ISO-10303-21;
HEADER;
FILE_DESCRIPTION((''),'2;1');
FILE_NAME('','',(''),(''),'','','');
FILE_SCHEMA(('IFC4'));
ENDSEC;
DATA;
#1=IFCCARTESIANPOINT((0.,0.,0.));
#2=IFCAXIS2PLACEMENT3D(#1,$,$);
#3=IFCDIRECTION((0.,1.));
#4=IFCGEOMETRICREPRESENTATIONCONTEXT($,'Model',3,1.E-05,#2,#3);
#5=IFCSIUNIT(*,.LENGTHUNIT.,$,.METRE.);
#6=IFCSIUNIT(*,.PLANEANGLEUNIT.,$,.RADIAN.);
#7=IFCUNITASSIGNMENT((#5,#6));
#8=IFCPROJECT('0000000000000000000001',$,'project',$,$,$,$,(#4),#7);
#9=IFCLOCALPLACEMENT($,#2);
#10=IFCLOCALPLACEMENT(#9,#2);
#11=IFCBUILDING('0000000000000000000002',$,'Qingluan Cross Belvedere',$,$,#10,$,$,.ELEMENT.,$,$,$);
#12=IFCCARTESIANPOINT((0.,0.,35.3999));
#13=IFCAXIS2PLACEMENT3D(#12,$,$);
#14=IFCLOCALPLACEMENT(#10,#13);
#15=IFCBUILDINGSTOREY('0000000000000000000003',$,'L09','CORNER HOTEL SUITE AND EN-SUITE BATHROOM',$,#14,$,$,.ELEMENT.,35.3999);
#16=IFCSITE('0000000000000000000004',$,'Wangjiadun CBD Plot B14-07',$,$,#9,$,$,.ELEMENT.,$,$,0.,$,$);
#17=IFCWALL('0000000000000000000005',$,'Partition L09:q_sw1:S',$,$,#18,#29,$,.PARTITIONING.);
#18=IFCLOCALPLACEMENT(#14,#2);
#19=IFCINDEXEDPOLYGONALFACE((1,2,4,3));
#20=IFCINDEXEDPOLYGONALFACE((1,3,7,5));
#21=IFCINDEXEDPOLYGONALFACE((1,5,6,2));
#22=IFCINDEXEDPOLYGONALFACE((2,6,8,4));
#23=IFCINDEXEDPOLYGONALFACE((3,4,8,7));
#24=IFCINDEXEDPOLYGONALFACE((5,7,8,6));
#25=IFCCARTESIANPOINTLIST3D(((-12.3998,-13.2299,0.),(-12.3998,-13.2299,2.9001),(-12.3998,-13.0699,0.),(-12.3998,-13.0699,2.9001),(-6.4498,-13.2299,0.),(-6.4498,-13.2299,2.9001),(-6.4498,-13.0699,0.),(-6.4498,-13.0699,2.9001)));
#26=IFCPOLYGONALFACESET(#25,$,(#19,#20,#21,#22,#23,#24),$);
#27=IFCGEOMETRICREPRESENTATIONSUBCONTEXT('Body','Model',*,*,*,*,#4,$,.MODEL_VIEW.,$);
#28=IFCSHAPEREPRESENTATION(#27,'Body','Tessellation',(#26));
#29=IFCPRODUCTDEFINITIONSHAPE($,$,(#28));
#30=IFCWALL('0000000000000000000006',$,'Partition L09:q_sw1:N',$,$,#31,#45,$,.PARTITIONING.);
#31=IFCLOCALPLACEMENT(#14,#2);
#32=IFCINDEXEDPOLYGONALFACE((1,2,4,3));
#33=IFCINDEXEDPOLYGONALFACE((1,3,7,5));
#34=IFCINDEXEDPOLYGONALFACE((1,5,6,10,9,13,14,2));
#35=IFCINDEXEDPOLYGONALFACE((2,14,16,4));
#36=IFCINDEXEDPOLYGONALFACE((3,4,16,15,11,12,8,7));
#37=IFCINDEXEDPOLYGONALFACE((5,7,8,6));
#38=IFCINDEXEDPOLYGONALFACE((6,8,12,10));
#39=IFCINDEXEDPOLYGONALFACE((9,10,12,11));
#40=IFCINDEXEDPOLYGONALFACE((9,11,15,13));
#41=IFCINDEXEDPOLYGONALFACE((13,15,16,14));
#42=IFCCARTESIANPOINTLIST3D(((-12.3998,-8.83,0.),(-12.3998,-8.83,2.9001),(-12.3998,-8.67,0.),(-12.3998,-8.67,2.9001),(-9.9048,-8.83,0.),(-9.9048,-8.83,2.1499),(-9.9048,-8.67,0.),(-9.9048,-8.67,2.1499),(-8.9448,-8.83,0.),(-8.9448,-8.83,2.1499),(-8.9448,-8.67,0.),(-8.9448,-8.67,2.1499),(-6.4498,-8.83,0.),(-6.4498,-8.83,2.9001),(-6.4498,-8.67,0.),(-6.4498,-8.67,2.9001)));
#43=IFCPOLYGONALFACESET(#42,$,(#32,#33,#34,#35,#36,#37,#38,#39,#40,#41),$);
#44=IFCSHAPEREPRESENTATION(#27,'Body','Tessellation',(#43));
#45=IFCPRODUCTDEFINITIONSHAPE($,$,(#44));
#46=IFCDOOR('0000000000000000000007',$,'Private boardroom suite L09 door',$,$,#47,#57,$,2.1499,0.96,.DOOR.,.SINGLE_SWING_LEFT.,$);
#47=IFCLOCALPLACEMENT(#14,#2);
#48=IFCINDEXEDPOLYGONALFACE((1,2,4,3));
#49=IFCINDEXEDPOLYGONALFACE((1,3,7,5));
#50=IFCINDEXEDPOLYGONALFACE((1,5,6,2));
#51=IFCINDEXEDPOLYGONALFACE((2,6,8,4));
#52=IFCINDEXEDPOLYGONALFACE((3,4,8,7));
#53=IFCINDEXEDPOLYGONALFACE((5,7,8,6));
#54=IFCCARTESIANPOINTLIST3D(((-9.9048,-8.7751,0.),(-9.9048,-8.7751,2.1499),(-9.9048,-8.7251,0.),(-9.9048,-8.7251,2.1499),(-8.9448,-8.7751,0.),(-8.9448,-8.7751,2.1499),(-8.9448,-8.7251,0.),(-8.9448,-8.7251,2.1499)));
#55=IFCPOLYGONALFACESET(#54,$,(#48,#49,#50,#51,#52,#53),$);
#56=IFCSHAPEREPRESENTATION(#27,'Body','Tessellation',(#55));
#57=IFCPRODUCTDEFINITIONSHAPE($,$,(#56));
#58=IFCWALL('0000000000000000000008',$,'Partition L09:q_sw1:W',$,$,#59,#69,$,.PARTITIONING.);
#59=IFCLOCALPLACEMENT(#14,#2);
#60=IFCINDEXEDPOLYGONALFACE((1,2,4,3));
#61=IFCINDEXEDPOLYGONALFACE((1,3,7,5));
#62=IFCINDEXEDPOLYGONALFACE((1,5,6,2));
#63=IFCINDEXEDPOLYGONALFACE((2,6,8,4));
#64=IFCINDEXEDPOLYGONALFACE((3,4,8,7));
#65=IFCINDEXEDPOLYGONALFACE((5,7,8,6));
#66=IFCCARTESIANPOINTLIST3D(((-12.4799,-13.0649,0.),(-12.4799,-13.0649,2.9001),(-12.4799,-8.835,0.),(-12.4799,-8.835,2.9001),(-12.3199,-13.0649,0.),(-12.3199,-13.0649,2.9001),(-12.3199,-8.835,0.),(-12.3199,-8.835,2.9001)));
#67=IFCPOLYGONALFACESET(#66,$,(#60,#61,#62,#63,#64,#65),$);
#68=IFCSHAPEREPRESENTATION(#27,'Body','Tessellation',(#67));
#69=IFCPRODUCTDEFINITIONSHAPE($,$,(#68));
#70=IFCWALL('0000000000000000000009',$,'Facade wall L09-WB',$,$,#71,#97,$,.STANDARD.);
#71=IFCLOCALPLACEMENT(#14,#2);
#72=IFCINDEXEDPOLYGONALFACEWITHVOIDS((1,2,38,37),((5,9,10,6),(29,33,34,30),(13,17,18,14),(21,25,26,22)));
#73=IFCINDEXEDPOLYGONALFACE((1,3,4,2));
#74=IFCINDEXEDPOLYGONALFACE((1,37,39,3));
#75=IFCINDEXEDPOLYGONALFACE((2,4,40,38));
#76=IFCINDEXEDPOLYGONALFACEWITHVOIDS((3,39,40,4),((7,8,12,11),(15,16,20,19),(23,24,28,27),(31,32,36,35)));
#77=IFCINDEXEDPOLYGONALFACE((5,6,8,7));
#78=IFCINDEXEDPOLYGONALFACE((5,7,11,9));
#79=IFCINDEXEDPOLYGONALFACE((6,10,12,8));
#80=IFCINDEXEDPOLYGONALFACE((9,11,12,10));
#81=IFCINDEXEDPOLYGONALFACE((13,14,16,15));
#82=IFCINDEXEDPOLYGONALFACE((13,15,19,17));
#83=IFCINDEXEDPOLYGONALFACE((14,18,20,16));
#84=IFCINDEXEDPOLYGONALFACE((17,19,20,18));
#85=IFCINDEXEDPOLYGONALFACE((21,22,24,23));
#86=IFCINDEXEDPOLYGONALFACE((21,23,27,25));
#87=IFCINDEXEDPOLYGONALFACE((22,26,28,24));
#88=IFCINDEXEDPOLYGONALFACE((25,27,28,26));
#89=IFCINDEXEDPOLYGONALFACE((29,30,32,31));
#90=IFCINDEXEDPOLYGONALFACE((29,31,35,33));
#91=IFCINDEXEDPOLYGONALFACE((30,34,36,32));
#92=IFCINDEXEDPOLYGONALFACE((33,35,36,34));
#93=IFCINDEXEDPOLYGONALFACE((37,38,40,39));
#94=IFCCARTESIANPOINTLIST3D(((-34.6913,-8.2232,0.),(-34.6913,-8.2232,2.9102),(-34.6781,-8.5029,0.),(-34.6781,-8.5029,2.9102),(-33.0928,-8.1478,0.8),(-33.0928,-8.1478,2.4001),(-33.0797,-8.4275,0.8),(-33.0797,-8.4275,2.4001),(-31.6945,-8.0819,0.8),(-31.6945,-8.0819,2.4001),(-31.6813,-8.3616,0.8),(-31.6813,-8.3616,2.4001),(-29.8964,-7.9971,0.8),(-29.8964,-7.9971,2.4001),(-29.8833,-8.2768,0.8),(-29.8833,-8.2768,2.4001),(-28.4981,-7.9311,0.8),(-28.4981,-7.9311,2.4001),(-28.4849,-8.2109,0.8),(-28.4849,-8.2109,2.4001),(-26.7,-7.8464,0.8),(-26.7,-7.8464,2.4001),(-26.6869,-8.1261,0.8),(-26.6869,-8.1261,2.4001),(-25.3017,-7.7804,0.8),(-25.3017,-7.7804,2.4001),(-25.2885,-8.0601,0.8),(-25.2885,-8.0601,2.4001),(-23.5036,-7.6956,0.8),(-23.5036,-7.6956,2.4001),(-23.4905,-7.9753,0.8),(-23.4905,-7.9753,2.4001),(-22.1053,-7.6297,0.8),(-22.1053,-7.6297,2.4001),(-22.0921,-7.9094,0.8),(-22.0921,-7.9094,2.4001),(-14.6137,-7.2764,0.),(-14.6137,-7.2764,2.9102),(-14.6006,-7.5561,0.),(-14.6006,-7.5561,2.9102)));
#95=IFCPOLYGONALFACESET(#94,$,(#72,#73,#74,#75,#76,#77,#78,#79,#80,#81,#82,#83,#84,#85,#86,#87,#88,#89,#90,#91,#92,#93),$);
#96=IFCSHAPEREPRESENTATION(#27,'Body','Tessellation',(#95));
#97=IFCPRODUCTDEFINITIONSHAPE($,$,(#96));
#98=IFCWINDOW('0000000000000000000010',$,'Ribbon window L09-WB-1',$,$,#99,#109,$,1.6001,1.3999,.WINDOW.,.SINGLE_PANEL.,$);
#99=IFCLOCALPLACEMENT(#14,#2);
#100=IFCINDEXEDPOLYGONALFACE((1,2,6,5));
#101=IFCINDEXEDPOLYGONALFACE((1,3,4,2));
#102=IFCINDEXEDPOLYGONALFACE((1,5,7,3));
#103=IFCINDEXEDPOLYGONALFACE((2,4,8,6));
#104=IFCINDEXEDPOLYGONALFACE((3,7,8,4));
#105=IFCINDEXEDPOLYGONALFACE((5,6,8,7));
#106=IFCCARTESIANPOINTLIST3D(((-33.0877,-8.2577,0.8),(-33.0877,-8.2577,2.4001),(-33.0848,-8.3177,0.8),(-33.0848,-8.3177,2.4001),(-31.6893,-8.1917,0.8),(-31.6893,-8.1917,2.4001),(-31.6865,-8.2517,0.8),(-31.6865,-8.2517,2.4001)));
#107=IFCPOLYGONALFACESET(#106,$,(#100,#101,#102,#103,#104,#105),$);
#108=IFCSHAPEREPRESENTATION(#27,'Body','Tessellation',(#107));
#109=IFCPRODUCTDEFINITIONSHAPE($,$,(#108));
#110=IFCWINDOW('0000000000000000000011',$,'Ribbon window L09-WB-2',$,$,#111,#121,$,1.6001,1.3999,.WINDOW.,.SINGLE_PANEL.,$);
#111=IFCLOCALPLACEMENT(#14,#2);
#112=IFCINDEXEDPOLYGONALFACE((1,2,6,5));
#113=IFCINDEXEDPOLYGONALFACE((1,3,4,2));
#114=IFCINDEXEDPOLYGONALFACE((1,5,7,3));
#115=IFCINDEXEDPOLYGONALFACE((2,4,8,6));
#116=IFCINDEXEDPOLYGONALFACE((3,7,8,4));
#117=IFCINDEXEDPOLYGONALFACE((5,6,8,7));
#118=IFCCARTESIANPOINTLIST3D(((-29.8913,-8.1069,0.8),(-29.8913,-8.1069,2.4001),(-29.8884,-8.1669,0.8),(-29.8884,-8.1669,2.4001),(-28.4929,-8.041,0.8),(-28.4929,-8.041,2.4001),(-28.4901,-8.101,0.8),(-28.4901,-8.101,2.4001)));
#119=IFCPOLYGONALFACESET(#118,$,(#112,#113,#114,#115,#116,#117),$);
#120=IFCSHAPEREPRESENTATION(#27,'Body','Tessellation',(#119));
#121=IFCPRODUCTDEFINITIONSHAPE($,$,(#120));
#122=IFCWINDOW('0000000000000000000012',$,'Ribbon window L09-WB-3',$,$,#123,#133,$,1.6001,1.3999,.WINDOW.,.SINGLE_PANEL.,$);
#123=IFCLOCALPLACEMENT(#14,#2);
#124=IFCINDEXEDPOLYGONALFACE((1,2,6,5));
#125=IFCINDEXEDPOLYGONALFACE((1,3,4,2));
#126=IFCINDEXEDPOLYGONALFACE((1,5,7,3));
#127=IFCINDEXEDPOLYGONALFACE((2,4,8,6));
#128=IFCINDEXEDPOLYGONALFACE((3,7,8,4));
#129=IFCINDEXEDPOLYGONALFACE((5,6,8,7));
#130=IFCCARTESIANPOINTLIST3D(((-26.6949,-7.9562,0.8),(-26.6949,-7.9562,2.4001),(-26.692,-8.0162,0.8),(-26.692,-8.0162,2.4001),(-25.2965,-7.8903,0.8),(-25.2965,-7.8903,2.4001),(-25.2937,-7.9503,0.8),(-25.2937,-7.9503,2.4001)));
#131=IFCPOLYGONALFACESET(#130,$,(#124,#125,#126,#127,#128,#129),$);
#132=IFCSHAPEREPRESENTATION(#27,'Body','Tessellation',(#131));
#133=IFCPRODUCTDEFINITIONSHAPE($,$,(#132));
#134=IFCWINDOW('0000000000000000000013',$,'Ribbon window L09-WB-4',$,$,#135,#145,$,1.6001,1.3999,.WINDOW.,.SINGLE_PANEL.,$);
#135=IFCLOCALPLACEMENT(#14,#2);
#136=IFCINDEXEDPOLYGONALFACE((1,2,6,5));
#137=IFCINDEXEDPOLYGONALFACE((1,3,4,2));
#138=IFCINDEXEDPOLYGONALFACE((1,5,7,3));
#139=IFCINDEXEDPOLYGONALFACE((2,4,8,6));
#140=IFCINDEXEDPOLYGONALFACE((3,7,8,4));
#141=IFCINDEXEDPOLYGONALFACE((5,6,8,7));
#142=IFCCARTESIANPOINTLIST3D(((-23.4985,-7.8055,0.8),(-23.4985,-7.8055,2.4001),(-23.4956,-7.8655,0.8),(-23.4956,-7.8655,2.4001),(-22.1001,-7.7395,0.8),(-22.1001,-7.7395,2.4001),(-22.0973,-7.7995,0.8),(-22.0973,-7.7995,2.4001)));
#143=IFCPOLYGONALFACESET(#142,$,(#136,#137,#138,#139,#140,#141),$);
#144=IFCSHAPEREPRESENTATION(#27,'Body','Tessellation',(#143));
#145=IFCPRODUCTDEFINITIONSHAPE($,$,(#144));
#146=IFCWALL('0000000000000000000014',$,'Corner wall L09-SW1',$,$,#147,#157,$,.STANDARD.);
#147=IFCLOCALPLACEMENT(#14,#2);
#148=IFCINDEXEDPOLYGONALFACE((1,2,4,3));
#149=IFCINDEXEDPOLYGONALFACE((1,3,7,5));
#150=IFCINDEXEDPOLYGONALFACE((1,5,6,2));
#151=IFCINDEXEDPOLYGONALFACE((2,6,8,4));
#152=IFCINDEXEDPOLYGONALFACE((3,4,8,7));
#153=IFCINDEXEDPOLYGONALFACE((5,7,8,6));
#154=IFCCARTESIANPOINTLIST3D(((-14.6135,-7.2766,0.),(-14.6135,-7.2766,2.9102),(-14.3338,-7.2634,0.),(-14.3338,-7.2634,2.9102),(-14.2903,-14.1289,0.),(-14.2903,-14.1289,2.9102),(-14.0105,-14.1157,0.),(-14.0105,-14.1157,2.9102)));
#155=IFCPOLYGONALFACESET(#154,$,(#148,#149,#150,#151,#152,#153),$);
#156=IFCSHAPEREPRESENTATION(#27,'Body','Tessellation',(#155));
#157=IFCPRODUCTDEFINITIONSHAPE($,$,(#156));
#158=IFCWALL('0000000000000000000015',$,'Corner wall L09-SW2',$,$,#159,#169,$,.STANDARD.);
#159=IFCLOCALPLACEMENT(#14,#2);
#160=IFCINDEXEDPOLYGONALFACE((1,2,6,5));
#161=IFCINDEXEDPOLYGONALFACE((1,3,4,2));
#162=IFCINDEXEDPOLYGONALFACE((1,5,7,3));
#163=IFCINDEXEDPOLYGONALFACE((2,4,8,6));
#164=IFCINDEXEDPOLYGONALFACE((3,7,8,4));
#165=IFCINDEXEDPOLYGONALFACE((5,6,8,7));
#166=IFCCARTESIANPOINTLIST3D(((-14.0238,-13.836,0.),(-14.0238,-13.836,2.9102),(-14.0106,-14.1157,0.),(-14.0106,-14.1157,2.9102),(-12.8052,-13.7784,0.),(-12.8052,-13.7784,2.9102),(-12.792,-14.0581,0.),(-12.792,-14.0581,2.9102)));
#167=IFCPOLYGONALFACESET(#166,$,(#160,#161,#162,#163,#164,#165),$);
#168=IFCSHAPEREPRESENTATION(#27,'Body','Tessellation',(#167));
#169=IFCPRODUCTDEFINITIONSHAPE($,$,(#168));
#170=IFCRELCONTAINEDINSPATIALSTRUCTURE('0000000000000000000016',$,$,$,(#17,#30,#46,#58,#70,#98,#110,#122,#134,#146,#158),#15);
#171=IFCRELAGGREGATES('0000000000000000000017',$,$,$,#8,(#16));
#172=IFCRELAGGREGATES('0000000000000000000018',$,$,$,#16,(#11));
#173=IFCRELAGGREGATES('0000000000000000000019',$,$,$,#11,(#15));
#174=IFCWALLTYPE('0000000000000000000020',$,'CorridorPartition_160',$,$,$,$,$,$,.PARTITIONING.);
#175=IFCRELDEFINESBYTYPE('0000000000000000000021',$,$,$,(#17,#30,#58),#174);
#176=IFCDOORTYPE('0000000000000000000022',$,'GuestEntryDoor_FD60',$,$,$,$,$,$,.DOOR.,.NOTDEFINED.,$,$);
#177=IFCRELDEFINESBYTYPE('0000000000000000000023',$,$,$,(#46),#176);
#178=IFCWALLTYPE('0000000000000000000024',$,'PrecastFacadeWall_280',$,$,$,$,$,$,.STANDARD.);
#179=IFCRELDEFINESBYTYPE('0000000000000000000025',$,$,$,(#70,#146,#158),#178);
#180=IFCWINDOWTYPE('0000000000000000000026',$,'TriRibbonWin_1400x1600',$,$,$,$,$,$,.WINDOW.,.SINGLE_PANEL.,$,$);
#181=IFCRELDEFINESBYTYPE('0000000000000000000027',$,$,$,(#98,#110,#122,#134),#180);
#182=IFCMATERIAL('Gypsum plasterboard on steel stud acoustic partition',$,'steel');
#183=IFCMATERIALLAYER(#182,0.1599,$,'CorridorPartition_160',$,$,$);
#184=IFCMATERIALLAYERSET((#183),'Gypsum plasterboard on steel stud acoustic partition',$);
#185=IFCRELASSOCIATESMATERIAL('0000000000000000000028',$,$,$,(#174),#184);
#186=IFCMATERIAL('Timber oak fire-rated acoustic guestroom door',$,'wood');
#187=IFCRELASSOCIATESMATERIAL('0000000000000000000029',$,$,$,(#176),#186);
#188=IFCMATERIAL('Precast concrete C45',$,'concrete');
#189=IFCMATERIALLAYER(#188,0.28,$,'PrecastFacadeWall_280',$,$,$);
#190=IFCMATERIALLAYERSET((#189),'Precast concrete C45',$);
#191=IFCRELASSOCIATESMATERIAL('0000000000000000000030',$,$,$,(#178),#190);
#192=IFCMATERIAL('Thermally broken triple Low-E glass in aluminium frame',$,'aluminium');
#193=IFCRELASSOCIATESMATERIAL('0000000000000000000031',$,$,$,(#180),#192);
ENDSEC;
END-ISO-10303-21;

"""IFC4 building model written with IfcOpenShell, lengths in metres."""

from ifc_helpers import new_model, si_unit, direction, frame, frame_2d, origin, place, context, subcontext, project, spatial, rectangle, extrude, material, layer, layer_set, type_object, element, fill, save


model = new_model("IFC4")

# Units and contexts
model_context = context("Model", 3, precision=1e-05, world=origin(), true_north=direction((0.0, 1.0)))
body_context = subcontext(model_context, "Body", "Model", "MODEL_VIEW")
ifc_project = project(units=[si_unit("LENGTHUNIT", "METRE"), si_unit("PLANEANGLEUNIT", "RADIAN")], contexts=[model_context])

# Site, building, storey
site_placement = place(None, origin())
site = spatial("IfcSite", under=ifc_project, at=site_placement, Name="Wangjiadun CBD Plot B14-07", CompositionType="ELEMENT", RefElevation=0.0)
building_placement = place(site_placement, origin())
building = spatial("IfcBuilding", under=site, at=building_placement, Name="Qingluan Cross Belvedere", CompositionType="ELEMENT")
storey_placement = place(building_placement, frame((0.0, 0.0, 35.3999)))
storey = spatial("IfcBuildingStorey", under=building, at=storey_placement, Name="L09", Description="CORNER HOTEL SUITE AND EN-SUITE BATHROOM", CompositionType="ELEMENT", Elevation=35.3999)

# Wall
ifc_material_1 = material(Name="Gypsum plasterboard on steel stud acoustic partition", Category="steel")
ifc_layer_1 = layer(ifc_material_1, 0.1599, Name="CorridorPartition_160")
ifc_layer_set_1 = layer_set([ifc_layer_1], Name="Gypsum plasterboard on steel stud acoustic partition")
wall_type_1 = type_object("IfcWallType", Name="CorridorPartition_160", PredefinedType="PARTITIONING", material=ifc_layer_set_1)
wall_1_placement = place(storey_placement, frame((-12.3999, -13.1499, 0.0), z_axis=(0.0, 0.0, 1.0), x_axis=(1.0, 0.0, 0.0)))
element("IfcWall", 1, at=wall_1_placement, inside=storey, type_object=wall_type_1, Name="Partition L09:q_sw1:S", PredefinedType="PARTITIONING", context=body_context, shape_type="SweptSolid", body=[
    extrude(rectangle(XDim=5.95, YDim=0.1599, at=frame_2d((2.9751, 0.0))), origin(), (0.0, 0.0, 1.0), 2.9001),
])

# Wall, opening, door
wall_2_placement = place(storey_placement, frame((-12.3999, -8.75, 0.0), z_axis=(0.0, 0.0, 1.0), x_axis=(1.0, 0.0, 0.0)))
wall_2 = element("IfcWall", 2, at=wall_2_placement, inside=storey, type_object=wall_type_1, Name="Partition L09:q_sw1:N", PredefinedType="PARTITIONING", context=body_context, shape_type="SweptSolid", body=[
    extrude(rectangle(XDim=5.95, YDim=0.1599, at=frame_2d((2.9751, 0.0))), origin(), (0.0, 0.0, 1.0), 2.9001),
])
opening_1_placement = place(wall_2_placement, frame((2.4951, 0.0, 0.0)))
opening_1 = element("IfcOpeningElement", 3, at=opening_1_placement, cuts=wall_2, PredefinedType="OPENING", context=body_context, shape_type="SweptSolid", body=[
    extrude(rectangle(XDim=0.96, YDim=2.1499, at=frame_2d((0.48, 1.075))), frame((0.0, 0.0898, 0.0), z_axis=(0.0, -1.0, 0.0), x_axis=(1.0, 0.0, 0.0)), (0.0, 0.0, 1.0), 0.1799),
])
ifc_material_2 = material(Name="Timber oak fire-rated acoustic guestroom door", Category="wood")
door_type = type_object("IfcDoorType", Name="GuestEntryDoor_FD60", OperationType="NOTDEFINED", PredefinedType="DOOR", material=ifc_material_2)
door_placement = place(opening_1_placement, origin())
door = element("IfcDoor", 4, at=door_placement, inside=storey, type_object=door_type, Name="Private boardroom suite L09 door", OperationType="SINGLE_SWING_LEFT", OverallHeight=2.1499, OverallWidth=0.96, PredefinedType="DOOR", context=body_context, shape_type="SweptSolid", body=[
    extrude(rectangle(XDim=0.96, YDim=2.1499, at=frame_2d((0.48, 1.075))), frame((0.0, 0.0249, 0.0), z_axis=(0.0, -1.0, 0.0), x_axis=(1.0, 0.0, 0.0)), (0.0, 0.0, 1.0), 0.05),
])
fill(opening_1, door)

# Wall
wall_3_placement = place(storey_placement, frame((-12.3999, -13.0649, 0.0), z_axis=(0.0, 0.0, 1.0), x_axis=(0.0, 1.0, 0.0)))
element("IfcWall", 5, at=wall_3_placement, inside=storey, type_object=wall_type_1, Name="Partition L09:q_sw1:W", PredefinedType="PARTITIONING", context=body_context, shape_type="SweptSolid", body=[
    extrude(rectangle(XDim=4.23, YDim=0.1599, at=frame_2d((2.115, 0.0))), origin(), (0.0, 0.0, 1.0), 2.9001),
])

# Wall, openings, windows
ifc_material_3 = material(Name="Precast concrete C45", Category="concrete")
ifc_layer_2 = layer(ifc_material_3, 0.28, Name="PrecastFacadeWall_280")
ifc_layer_set_2 = layer_set([ifc_layer_2], Name="Precast concrete C45")
wall_type_2 = type_object("IfcWallType", Name="PrecastFacadeWall_280", PredefinedType="STANDARD", material=ifc_layer_set_2)
wall_4_placement = place(storey_placement, frame((-34.6846, -8.363, 0.0), z_axis=(0.0, 0.0, 1.0), x_axis=(0.99889, 0.047103, 0.0)))
wall_4 = element("IfcWall", 6, at=wall_4_placement, inside=storey, type_object=wall_type_2, Name="Facade wall L09-WB", PredefinedType="STANDARD", context=body_context, shape_type="SweptSolid", body=[
    extrude(rectangle(XDim=20.0999, YDim=0.28, at=frame_2d((10.0498, 0.0))), origin(), (0.0, 0.0, 1.0), 2.9102),
])
opening_2_placement = place(wall_4_placement, frame((1.6001, 0.0, 0.8)))
opening_2 = element("IfcOpeningElement", 7, at=opening_2_placement, cuts=wall_4, PredefinedType="OPENING", context=body_context, shape_type="SweptSolid", body=[
    extrude(rectangle(XDim=1.3999, YDim=1.6001, at=frame_2d((0.7, 0.8))), frame((0.0, 0.1499, 0.0), z_axis=(0.0, -1.0, 0.0), x_axis=(1.0, 0.0, 0.0)), (0.0, 0.0, 1.0), 0.3),
])
opening_3_placement = place(wall_4_placement, frame((4.8, 0.0, 0.8)))
opening_3 = element("IfcOpeningElement", 8, at=opening_3_placement, cuts=wall_4, PredefinedType="OPENING", context=body_context, shape_type="SweptSolid", body=[
    extrude(rectangle(XDim=1.3999, YDim=1.6001, at=frame_2d((0.7, 0.8))), frame((0.0, 0.1499, 0.0), z_axis=(0.0, -1.0, 0.0), x_axis=(1.0, 0.0, 0.0)), (0.0, 0.0, 1.0), 0.3),
])
opening_4_placement = place(wall_4_placement, frame((8.0, 0.0, 0.8)))
opening_4 = element("IfcOpeningElement", 9, at=opening_4_placement, cuts=wall_4, PredefinedType="OPENING", context=body_context, shape_type="SweptSolid", body=[
    extrude(rectangle(XDim=1.3999, YDim=1.6001, at=frame_2d((0.7, 0.8))), frame((0.0, 0.1499, 0.0), z_axis=(0.0, -1.0, 0.0), x_axis=(1.0, 0.0, 0.0)), (0.0, 0.0, 1.0), 0.3),
])
opening_5_placement = place(wall_4_placement, frame((11.2, 0.0, 0.8)))
opening_5 = element("IfcOpeningElement", 10, at=opening_5_placement, cuts=wall_4, PredefinedType="OPENING", context=body_context, shape_type="SweptSolid", body=[
    extrude(rectangle(XDim=1.3999, YDim=1.6001, at=frame_2d((0.7, 0.8))), frame((0.0, 0.1499, 0.0), z_axis=(0.0, -1.0, 0.0), x_axis=(1.0, 0.0, 0.0)), (0.0, 0.0, 1.0), 0.3),
])
ifc_material_4 = material(Name="Thermally broken triple Low-E glass in aluminium frame", Category="aluminium")
window_type = type_object("IfcWindowType", Name="TriRibbonWin_1400x1600", PartitioningType="SINGLE_PANEL", PredefinedType="WINDOW", material=ifc_material_4)
window_1_placement = place(opening_2_placement, origin())
window_1 = element("IfcWindow", 11, at=window_1_placement, inside=storey, type_object=window_type, Name="Ribbon window L09-WB-1", OverallHeight=1.6001, OverallWidth=1.3999, PartitioningType="SINGLE_PANEL", PredefinedType="WINDOW", context=body_context, shape_type="SweptSolid", body=[
    extrude(rectangle(XDim=1.3999, YDim=1.6001, at=frame_2d((0.7, 0.8))), frame((0.0, 0.03, 0.0), z_axis=(0.0, -1.0, 0.0), x_axis=(1.0, 0.0, 0.0)), (0.0, 0.0, 1.0), 0.0601),
])
fill(opening_2, window_1)
window_2_placement = place(opening_3_placement, origin())
window_2 = element("IfcWindow", 12, at=window_2_placement, inside=storey, type_object=window_type, Name="Ribbon window L09-WB-2", OverallHeight=1.6001, OverallWidth=1.3999, PartitioningType="SINGLE_PANEL", PredefinedType="WINDOW", context=body_context, shape_type="SweptSolid", body=[
    extrude(rectangle(XDim=1.3999, YDim=1.6001, at=frame_2d((0.7, 0.8))), frame((0.0, 0.03, 0.0), z_axis=(0.0, -1.0, 0.0), x_axis=(1.0, 0.0, 0.0)), (0.0, 0.0, 1.0), 0.0601),
])
fill(opening_3, window_2)
window_3_placement = place(opening_4_placement, origin())
window_3 = element("IfcWindow", 13, at=window_3_placement, inside=storey, type_object=window_type, Name="Ribbon window L09-WB-3", OverallHeight=1.6001, OverallWidth=1.3999, PartitioningType="SINGLE_PANEL", PredefinedType="WINDOW", context=body_context, shape_type="SweptSolid", body=[
    extrude(rectangle(XDim=1.3999, YDim=1.6001, at=frame_2d((0.7, 0.8))), frame((0.0, 0.03, 0.0), z_axis=(0.0, -1.0, 0.0), x_axis=(1.0, 0.0, 0.0)), (0.0, 0.0, 1.0), 0.0601),
])
fill(opening_4, window_3)
window_4_placement = place(opening_5_placement, origin())
window_4 = element("IfcWindow", 14, at=window_4_placement, inside=storey, type_object=window_type, Name="Ribbon window L09-WB-4", OverallHeight=1.6001, OverallWidth=1.3999, PartitioningType="SINGLE_PANEL", PredefinedType="WINDOW", context=body_context, shape_type="SweptSolid", body=[
    extrude(rectangle(XDim=1.3999, YDim=1.6001, at=frame_2d((0.7, 0.8))), frame((0.0, 0.03, 0.0), z_axis=(0.0, -1.0, 0.0), x_axis=(1.0, 0.0, 0.0)), (0.0, 0.0, 1.0), 0.0601),
])
fill(opening_5, window_4)

# Walls
wall_5_placement = place(storey_placement, frame((-14.4736, -7.27, 0.0), z_axis=(0.0, 0.0, 1.0), x_axis=(0.04712, -0.998889, 0.0)))
element("IfcWall", 15, at=wall_5_placement, inside=storey, type_object=wall_type_2, Name="Corner wall L09-SW1", PredefinedType="STANDARD", context=body_context, shape_type="SweptSolid", body=[
    extrude(rectangle(XDim=6.8599, YDim=0.28, at=frame_2d((3.4299, 0.0))), origin(), (0.0, 0.0, 1.0), 2.9102),
])
wall_6_placement = place(storey_placement, frame((-14.0171, -13.9758, 0.0), z_axis=(0.0, 0.0, 1.0), x_axis=(0.998884, 0.047232, 0.0)))
element("IfcWall", 16, at=wall_6_placement, inside=storey, type_object=wall_type_2, Name="Corner wall L09-SW2", PredefinedType="STANDARD", context=body_context, shape_type="SweptSolid", body=[
    extrude(rectangle(XDim=1.22, YDim=0.28, at=frame_2d((0.6099, 0.0))), origin(), (0.0, 0.0, 1.0), 2.9102),
])

save(model, "model.ifc")
